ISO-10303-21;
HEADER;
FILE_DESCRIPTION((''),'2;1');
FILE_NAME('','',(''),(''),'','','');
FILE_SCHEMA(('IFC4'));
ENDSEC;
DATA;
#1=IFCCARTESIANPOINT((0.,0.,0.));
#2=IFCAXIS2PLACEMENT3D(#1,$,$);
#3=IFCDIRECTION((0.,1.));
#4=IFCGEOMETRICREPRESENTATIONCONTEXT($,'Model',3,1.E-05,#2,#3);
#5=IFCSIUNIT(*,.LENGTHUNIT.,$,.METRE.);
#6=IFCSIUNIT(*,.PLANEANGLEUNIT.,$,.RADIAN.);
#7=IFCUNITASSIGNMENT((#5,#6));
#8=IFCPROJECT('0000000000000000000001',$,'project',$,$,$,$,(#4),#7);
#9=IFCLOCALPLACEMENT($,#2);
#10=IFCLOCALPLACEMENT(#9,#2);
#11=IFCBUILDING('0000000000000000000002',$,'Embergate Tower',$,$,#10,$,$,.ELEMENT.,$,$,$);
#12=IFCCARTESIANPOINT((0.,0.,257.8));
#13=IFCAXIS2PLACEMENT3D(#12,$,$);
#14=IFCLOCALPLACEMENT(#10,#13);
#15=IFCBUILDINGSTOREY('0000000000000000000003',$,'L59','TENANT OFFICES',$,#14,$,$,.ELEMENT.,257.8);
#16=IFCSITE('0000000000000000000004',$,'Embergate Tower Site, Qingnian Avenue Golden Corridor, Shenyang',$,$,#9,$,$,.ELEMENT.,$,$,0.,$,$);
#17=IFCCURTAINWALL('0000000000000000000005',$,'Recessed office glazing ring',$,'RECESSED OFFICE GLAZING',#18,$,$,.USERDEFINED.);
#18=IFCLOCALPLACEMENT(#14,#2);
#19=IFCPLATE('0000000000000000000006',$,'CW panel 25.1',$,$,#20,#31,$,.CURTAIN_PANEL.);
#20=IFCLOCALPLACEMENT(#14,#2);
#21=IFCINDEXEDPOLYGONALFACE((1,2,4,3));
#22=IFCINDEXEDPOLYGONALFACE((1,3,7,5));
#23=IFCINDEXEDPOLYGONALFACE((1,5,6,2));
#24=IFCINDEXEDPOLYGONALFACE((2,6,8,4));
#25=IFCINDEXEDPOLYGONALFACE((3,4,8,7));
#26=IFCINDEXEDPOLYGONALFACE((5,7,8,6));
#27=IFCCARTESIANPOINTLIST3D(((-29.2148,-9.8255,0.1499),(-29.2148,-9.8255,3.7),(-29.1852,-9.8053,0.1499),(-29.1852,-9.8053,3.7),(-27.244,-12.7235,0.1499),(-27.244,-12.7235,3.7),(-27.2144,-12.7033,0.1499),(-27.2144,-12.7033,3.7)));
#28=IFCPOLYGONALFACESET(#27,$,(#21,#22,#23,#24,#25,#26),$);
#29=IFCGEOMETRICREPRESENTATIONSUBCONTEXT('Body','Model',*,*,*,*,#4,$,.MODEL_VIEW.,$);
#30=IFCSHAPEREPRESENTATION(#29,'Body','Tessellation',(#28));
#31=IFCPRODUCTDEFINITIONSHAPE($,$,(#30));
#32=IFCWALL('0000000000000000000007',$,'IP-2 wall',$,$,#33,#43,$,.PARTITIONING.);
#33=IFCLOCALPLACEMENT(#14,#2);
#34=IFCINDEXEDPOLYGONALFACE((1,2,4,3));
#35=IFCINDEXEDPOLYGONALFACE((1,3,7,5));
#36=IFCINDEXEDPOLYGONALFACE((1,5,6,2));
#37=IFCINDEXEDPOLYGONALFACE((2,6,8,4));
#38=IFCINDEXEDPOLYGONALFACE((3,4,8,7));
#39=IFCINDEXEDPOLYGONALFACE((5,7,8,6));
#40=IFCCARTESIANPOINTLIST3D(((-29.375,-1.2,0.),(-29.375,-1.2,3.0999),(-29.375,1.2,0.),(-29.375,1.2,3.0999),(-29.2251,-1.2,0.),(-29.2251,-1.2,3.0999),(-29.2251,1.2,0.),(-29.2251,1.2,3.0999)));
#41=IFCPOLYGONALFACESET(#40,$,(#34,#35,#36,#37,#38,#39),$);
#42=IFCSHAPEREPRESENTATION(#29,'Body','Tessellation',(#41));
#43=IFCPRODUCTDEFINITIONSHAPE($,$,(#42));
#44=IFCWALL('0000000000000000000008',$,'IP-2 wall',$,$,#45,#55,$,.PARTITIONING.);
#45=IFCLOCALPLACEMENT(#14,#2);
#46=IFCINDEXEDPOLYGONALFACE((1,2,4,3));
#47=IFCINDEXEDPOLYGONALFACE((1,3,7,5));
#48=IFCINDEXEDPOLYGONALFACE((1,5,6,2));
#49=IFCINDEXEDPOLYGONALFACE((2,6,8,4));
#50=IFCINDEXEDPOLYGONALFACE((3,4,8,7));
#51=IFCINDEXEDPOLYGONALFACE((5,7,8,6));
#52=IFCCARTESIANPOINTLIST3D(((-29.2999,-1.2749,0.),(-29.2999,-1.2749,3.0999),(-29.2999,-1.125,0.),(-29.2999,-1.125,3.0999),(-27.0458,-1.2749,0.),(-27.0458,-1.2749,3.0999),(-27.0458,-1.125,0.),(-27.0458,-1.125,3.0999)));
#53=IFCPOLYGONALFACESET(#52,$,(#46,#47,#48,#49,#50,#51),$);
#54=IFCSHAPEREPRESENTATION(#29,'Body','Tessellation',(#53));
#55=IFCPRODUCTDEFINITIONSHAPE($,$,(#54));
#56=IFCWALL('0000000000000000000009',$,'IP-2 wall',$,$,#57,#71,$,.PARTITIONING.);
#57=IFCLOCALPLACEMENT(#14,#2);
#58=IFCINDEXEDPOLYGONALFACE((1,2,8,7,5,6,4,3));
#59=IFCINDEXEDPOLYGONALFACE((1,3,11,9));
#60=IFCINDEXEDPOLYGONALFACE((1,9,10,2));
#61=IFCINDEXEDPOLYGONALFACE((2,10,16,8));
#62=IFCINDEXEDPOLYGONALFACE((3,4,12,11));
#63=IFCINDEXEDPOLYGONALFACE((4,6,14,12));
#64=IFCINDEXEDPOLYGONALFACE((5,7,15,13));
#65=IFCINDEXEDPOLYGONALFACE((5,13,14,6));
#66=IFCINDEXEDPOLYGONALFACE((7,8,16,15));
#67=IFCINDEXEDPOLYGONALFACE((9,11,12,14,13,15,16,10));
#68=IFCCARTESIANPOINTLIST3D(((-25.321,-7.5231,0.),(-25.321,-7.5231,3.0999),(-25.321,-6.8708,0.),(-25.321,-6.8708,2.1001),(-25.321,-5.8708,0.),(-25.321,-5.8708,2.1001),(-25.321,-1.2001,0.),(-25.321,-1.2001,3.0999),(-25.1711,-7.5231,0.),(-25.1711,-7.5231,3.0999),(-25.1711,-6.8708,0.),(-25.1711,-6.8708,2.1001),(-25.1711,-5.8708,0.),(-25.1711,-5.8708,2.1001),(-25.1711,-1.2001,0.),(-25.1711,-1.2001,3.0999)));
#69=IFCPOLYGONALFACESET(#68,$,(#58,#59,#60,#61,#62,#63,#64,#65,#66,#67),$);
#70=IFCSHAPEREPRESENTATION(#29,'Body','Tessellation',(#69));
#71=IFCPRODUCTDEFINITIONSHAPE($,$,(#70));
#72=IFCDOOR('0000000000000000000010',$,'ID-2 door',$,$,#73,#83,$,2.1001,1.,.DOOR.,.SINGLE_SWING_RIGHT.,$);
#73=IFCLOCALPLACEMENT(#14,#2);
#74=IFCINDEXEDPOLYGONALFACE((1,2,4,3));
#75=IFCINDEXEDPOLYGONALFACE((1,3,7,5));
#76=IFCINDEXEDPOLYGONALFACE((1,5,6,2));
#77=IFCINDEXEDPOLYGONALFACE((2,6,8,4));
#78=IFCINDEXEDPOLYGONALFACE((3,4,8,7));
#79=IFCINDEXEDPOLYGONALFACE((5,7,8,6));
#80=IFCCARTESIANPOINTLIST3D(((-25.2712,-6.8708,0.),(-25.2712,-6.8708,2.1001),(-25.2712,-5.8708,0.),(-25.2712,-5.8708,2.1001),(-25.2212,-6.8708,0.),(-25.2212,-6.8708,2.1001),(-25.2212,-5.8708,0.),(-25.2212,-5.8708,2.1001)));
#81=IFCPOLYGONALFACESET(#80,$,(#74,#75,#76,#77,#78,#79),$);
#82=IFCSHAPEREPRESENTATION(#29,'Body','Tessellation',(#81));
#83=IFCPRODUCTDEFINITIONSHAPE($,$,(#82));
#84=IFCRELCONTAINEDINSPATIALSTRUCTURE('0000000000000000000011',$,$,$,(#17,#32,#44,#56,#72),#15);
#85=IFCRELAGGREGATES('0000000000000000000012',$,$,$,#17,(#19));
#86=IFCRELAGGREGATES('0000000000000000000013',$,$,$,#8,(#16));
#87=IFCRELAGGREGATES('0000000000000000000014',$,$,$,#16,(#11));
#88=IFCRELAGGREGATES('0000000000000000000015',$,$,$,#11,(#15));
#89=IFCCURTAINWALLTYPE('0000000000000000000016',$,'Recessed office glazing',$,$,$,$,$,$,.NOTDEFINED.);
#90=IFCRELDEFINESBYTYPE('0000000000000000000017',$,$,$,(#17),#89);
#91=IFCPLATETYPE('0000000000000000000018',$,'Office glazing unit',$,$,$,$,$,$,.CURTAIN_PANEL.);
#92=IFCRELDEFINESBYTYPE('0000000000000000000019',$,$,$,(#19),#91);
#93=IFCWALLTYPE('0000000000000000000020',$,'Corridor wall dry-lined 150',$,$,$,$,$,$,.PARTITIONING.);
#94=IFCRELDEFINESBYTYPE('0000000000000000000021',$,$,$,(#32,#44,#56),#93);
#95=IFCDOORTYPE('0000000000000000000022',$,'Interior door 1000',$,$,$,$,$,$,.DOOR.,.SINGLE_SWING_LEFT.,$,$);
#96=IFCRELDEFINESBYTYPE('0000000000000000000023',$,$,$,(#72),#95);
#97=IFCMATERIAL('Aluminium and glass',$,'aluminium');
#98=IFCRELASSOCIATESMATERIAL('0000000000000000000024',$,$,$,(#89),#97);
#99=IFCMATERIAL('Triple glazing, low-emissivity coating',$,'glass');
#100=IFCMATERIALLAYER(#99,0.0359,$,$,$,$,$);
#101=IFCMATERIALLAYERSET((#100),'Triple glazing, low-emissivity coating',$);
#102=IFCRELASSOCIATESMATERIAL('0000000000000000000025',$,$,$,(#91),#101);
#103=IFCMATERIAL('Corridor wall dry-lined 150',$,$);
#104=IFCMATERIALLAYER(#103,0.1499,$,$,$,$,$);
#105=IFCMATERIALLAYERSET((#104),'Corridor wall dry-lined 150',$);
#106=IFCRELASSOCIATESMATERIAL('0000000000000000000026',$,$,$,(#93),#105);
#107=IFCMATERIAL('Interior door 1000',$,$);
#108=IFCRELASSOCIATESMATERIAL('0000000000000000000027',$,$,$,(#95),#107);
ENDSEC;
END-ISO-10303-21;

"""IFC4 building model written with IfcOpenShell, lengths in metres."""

from ifc_helpers import new_model, si_unit, direction, frame, frame_2d, origin, origin_2d, place, context, subcontext, project, spatial, rectangle, extrude, source, transform, mapped, material, layer, layer_set, type_object, element, fill, aggregate, save


model = new_model("IFC4")

# Units and contexts
model_context = context("Model", 3, precision=1e-05, world=origin(), true_north=direction((0.0, 1.0)))
body_context = subcontext(model_context, "Body", "Model", "MODEL_VIEW")
ifc_project = project(units=[si_unit("LENGTHUNIT", "METRE"), si_unit("PLANEANGLEUNIT", "RADIAN")], contexts=[model_context])

# Site, building, storey
site_placement = place(None, origin())
site = spatial("IfcSite", under=ifc_project, at=site_placement, Name="Embergate Tower Site, Qingnian Avenue Golden Corridor, Shenyang", CompositionType="ELEMENT", RefElevation=0.0)
building_placement = place(site_placement, origin())
building = spatial("IfcBuilding", under=site, at=building_placement, Name="Embergate Tower", CompositionType="ELEMENT")
storey_placement = place(building_placement, frame((0.0, 0.0, 257.8)))
storey = spatial("IfcBuildingStorey", under=building, at=storey_placement, Name="L59", Description="TENANT OFFICES", CompositionType="ELEMENT", Elevation=257.8)

# Curtain wall, plate
ifc_material_1 = material(Name="Aluminium and glass", Category="aluminium")
curtain_wall_type = type_object("IfcCurtainWallType", Name="Recessed office glazing", PredefinedType="NOTDEFINED", material=ifc_material_1)
curtain_wall_placement = place(storey_placement, origin())
curtain_wall = element("IfcCurtainWall", 1, at=curtain_wall_placement, inside=storey, type_object=curtain_wall_type, Name="Recessed office glazing ring", ObjectType="RECESSED OFFICE GLAZING", PredefinedType="USERDEFINED")
ifc_material_2 = material(Name="Triple glazing, low-emissivity coating", Category="glass")
ifc_layer_1 = layer(ifc_material_2, 0.0359)
ifc_layer_set_1 = layer_set([ifc_layer_1], Name="Triple glazing, low-emissivity coating")
plate_type = type_object("IfcPlateType", Name="Office glazing unit", PredefinedType="CURTAIN_PANEL", material=ifc_layer_set_1)
shared_shape_1 = source(origin(), body_context, "Body", "SweptSolid", [
    extrude(rectangle(XDim=3.5046, YDim=0.0359, at=origin_2d()), origin(), (0.0, 0.0, 1.0), 3.55),
])
plate_1_placement = place(storey_placement, frame((-28.2146, -11.2644, 0.1499), z_axis=(0.0, 0.0, 1.0), x_axis=(0.562346, -0.826902, 0.0)))
plate_1 = element("IfcPlate", 2, at=plate_1_placement, type_object=plate_type, Name="CW panel 25.1", PredefinedType="CURTAIN_PANEL", context=body_context, shape_type="MappedRepresentation", body=[
    mapped(shared_shape_1, transform((0.0, 0.0, 0.0))),
])
aggregate(curtain_wall, [plate_1])

# Walls
ifc_material_3 = material(Name="Corridor wall dry-lined 150")
ifc_layer_2 = layer(ifc_material_3, 0.1499)
ifc_layer_set_2 = layer_set([ifc_layer_2], Name="Corridor wall dry-lined 150")
wall_type = type_object("IfcWallType", Name="Corridor wall dry-lined 150", PredefinedType="PARTITIONING", material=ifc_layer_set_2)
shared_shape_2 = source(origin(), body_context, "Body", "SweptSolid", [
    extrude(rectangle(XDim=2.3999, YDim=0.1499, at=frame_2d((1.2, 0.0))), origin(), (0.0, 0.0, 1.0), 3.0999),
])
wall_1_placement = place(storey_placement, frame((-29.3, -1.2, 0.0), z_axis=(0.0, 0.0, 1.0), x_axis=(0.0, 1.0, 0.0)))
element("IfcWall", 3, at=wall_1_placement, inside=storey, type_object=wall_type, Name="IP-2 wall", PredefinedType="PARTITIONING", context=body_context, shape_type="MappedRepresentation", body=[
    mapped(shared_shape_2, transform((0.0, 0.0, 0.0))),
])
shared_shape_3 = source(origin(), body_context, "Body", "SweptSolid", [
    extrude(rectangle(XDim=2.2542, YDim=0.1499, at=frame_2d((1.127, 0.0))), origin(), (0.0, 0.0, 1.0), 3.0999),
])
wall_2_placement = place(storey_placement, frame((-27.0459, -1.2, 0.0), z_axis=(0.0, 0.0, 1.0), x_axis=(-1.0, 0.0, 0.0)))
element("IfcWall", 4, at=wall_2_placement, inside=storey, type_object=wall_type, Name="IP-2 wall", PredefinedType="PARTITIONING", context=body_context, shape_type="MappedRepresentation", body=[
    mapped(shared_shape_3, transform((0.0, 0.0, 0.0))),
])

# Wall, opening, door
shared_shape_4 = source(origin(), body_context, "Body", "SweptSolid", [
    extrude(rectangle(XDim=6.323, YDim=0.1499, at=frame_2d((3.1616, 0.0))), origin(), (0.0, 0.0, 1.0), 3.0999),
])
wall_3_placement = place(storey_placement, frame((-25.2461, -1.2, 0.0), z_axis=(0.0, 0.0, 1.0), x_axis=(0.0, -1.0, 0.0)))
wall_3 = element("IfcWall", 5, at=wall_3_placement, inside=storey, type_object=wall_type, Name="IP-2 wall", PredefinedType="PARTITIONING", context=body_context, shape_type="MappedRepresentation", body=[
    mapped(shared_shape_4, transform((0.0, 0.0, 0.0))),
])
shared_shape_5 = source(origin(), body_context, "Body", "SweptSolid", [
    extrude(rectangle(XDim=1.0, YDim=2.1001, at=frame_2d((0.5, 1.05))), frame((0.0, 0.085, 0.0), z_axis=(0.0, -1.0, 0.0), x_axis=(1.0, 0.0, 0.0)), (0.0, 0.0, 1.0), 0.1699),
])
opening_placement = place(wall_3_placement, frame((4.6709, 0.0, 0.0)))
opening = element("IfcOpeningElement", 6, at=opening_placement, cuts=wall_3, PredefinedType="OPENING", context=body_context, shape_type="MappedRepresentation", body=[
    mapped(shared_shape_5, transform((0.0, 0.0, 0.0))),
])
ifc_material_4 = material(Name="Interior door 1000")
door_type = type_object("IfcDoorType", Name="Interior door 1000", OperationType="SINGLE_SWING_LEFT", PredefinedType="DOOR", material=ifc_material_4)
shared_shape_6 = source(origin(), body_context, "Body", "SweptSolid", [
    extrude(rectangle(XDim=1.0, YDim=2.1001, at=frame_2d((0.5, 1.05))), frame((0.0, 0.0249, 0.0), z_axis=(0.0, -1.0, 0.0), x_axis=(1.0, 0.0, 0.0)), (0.0, 0.0, 1.0), 0.05),
])
door_placement = place(opening_placement, origin())
door = element("IfcDoor", 7, at=door_placement, inside=storey, type_object=door_type, Name="ID-2 door", OperationType="SINGLE_SWING_RIGHT", OverallHeight=2.1001, OverallWidth=1.0, PredefinedType="DOOR", context=body_context, shape_type="MappedRepresentation", body=[
    mapped(shared_shape_6, transform((0.0, 0.0, 0.0))),
])
fill(opening, door)

save(model, "model.ifc")
